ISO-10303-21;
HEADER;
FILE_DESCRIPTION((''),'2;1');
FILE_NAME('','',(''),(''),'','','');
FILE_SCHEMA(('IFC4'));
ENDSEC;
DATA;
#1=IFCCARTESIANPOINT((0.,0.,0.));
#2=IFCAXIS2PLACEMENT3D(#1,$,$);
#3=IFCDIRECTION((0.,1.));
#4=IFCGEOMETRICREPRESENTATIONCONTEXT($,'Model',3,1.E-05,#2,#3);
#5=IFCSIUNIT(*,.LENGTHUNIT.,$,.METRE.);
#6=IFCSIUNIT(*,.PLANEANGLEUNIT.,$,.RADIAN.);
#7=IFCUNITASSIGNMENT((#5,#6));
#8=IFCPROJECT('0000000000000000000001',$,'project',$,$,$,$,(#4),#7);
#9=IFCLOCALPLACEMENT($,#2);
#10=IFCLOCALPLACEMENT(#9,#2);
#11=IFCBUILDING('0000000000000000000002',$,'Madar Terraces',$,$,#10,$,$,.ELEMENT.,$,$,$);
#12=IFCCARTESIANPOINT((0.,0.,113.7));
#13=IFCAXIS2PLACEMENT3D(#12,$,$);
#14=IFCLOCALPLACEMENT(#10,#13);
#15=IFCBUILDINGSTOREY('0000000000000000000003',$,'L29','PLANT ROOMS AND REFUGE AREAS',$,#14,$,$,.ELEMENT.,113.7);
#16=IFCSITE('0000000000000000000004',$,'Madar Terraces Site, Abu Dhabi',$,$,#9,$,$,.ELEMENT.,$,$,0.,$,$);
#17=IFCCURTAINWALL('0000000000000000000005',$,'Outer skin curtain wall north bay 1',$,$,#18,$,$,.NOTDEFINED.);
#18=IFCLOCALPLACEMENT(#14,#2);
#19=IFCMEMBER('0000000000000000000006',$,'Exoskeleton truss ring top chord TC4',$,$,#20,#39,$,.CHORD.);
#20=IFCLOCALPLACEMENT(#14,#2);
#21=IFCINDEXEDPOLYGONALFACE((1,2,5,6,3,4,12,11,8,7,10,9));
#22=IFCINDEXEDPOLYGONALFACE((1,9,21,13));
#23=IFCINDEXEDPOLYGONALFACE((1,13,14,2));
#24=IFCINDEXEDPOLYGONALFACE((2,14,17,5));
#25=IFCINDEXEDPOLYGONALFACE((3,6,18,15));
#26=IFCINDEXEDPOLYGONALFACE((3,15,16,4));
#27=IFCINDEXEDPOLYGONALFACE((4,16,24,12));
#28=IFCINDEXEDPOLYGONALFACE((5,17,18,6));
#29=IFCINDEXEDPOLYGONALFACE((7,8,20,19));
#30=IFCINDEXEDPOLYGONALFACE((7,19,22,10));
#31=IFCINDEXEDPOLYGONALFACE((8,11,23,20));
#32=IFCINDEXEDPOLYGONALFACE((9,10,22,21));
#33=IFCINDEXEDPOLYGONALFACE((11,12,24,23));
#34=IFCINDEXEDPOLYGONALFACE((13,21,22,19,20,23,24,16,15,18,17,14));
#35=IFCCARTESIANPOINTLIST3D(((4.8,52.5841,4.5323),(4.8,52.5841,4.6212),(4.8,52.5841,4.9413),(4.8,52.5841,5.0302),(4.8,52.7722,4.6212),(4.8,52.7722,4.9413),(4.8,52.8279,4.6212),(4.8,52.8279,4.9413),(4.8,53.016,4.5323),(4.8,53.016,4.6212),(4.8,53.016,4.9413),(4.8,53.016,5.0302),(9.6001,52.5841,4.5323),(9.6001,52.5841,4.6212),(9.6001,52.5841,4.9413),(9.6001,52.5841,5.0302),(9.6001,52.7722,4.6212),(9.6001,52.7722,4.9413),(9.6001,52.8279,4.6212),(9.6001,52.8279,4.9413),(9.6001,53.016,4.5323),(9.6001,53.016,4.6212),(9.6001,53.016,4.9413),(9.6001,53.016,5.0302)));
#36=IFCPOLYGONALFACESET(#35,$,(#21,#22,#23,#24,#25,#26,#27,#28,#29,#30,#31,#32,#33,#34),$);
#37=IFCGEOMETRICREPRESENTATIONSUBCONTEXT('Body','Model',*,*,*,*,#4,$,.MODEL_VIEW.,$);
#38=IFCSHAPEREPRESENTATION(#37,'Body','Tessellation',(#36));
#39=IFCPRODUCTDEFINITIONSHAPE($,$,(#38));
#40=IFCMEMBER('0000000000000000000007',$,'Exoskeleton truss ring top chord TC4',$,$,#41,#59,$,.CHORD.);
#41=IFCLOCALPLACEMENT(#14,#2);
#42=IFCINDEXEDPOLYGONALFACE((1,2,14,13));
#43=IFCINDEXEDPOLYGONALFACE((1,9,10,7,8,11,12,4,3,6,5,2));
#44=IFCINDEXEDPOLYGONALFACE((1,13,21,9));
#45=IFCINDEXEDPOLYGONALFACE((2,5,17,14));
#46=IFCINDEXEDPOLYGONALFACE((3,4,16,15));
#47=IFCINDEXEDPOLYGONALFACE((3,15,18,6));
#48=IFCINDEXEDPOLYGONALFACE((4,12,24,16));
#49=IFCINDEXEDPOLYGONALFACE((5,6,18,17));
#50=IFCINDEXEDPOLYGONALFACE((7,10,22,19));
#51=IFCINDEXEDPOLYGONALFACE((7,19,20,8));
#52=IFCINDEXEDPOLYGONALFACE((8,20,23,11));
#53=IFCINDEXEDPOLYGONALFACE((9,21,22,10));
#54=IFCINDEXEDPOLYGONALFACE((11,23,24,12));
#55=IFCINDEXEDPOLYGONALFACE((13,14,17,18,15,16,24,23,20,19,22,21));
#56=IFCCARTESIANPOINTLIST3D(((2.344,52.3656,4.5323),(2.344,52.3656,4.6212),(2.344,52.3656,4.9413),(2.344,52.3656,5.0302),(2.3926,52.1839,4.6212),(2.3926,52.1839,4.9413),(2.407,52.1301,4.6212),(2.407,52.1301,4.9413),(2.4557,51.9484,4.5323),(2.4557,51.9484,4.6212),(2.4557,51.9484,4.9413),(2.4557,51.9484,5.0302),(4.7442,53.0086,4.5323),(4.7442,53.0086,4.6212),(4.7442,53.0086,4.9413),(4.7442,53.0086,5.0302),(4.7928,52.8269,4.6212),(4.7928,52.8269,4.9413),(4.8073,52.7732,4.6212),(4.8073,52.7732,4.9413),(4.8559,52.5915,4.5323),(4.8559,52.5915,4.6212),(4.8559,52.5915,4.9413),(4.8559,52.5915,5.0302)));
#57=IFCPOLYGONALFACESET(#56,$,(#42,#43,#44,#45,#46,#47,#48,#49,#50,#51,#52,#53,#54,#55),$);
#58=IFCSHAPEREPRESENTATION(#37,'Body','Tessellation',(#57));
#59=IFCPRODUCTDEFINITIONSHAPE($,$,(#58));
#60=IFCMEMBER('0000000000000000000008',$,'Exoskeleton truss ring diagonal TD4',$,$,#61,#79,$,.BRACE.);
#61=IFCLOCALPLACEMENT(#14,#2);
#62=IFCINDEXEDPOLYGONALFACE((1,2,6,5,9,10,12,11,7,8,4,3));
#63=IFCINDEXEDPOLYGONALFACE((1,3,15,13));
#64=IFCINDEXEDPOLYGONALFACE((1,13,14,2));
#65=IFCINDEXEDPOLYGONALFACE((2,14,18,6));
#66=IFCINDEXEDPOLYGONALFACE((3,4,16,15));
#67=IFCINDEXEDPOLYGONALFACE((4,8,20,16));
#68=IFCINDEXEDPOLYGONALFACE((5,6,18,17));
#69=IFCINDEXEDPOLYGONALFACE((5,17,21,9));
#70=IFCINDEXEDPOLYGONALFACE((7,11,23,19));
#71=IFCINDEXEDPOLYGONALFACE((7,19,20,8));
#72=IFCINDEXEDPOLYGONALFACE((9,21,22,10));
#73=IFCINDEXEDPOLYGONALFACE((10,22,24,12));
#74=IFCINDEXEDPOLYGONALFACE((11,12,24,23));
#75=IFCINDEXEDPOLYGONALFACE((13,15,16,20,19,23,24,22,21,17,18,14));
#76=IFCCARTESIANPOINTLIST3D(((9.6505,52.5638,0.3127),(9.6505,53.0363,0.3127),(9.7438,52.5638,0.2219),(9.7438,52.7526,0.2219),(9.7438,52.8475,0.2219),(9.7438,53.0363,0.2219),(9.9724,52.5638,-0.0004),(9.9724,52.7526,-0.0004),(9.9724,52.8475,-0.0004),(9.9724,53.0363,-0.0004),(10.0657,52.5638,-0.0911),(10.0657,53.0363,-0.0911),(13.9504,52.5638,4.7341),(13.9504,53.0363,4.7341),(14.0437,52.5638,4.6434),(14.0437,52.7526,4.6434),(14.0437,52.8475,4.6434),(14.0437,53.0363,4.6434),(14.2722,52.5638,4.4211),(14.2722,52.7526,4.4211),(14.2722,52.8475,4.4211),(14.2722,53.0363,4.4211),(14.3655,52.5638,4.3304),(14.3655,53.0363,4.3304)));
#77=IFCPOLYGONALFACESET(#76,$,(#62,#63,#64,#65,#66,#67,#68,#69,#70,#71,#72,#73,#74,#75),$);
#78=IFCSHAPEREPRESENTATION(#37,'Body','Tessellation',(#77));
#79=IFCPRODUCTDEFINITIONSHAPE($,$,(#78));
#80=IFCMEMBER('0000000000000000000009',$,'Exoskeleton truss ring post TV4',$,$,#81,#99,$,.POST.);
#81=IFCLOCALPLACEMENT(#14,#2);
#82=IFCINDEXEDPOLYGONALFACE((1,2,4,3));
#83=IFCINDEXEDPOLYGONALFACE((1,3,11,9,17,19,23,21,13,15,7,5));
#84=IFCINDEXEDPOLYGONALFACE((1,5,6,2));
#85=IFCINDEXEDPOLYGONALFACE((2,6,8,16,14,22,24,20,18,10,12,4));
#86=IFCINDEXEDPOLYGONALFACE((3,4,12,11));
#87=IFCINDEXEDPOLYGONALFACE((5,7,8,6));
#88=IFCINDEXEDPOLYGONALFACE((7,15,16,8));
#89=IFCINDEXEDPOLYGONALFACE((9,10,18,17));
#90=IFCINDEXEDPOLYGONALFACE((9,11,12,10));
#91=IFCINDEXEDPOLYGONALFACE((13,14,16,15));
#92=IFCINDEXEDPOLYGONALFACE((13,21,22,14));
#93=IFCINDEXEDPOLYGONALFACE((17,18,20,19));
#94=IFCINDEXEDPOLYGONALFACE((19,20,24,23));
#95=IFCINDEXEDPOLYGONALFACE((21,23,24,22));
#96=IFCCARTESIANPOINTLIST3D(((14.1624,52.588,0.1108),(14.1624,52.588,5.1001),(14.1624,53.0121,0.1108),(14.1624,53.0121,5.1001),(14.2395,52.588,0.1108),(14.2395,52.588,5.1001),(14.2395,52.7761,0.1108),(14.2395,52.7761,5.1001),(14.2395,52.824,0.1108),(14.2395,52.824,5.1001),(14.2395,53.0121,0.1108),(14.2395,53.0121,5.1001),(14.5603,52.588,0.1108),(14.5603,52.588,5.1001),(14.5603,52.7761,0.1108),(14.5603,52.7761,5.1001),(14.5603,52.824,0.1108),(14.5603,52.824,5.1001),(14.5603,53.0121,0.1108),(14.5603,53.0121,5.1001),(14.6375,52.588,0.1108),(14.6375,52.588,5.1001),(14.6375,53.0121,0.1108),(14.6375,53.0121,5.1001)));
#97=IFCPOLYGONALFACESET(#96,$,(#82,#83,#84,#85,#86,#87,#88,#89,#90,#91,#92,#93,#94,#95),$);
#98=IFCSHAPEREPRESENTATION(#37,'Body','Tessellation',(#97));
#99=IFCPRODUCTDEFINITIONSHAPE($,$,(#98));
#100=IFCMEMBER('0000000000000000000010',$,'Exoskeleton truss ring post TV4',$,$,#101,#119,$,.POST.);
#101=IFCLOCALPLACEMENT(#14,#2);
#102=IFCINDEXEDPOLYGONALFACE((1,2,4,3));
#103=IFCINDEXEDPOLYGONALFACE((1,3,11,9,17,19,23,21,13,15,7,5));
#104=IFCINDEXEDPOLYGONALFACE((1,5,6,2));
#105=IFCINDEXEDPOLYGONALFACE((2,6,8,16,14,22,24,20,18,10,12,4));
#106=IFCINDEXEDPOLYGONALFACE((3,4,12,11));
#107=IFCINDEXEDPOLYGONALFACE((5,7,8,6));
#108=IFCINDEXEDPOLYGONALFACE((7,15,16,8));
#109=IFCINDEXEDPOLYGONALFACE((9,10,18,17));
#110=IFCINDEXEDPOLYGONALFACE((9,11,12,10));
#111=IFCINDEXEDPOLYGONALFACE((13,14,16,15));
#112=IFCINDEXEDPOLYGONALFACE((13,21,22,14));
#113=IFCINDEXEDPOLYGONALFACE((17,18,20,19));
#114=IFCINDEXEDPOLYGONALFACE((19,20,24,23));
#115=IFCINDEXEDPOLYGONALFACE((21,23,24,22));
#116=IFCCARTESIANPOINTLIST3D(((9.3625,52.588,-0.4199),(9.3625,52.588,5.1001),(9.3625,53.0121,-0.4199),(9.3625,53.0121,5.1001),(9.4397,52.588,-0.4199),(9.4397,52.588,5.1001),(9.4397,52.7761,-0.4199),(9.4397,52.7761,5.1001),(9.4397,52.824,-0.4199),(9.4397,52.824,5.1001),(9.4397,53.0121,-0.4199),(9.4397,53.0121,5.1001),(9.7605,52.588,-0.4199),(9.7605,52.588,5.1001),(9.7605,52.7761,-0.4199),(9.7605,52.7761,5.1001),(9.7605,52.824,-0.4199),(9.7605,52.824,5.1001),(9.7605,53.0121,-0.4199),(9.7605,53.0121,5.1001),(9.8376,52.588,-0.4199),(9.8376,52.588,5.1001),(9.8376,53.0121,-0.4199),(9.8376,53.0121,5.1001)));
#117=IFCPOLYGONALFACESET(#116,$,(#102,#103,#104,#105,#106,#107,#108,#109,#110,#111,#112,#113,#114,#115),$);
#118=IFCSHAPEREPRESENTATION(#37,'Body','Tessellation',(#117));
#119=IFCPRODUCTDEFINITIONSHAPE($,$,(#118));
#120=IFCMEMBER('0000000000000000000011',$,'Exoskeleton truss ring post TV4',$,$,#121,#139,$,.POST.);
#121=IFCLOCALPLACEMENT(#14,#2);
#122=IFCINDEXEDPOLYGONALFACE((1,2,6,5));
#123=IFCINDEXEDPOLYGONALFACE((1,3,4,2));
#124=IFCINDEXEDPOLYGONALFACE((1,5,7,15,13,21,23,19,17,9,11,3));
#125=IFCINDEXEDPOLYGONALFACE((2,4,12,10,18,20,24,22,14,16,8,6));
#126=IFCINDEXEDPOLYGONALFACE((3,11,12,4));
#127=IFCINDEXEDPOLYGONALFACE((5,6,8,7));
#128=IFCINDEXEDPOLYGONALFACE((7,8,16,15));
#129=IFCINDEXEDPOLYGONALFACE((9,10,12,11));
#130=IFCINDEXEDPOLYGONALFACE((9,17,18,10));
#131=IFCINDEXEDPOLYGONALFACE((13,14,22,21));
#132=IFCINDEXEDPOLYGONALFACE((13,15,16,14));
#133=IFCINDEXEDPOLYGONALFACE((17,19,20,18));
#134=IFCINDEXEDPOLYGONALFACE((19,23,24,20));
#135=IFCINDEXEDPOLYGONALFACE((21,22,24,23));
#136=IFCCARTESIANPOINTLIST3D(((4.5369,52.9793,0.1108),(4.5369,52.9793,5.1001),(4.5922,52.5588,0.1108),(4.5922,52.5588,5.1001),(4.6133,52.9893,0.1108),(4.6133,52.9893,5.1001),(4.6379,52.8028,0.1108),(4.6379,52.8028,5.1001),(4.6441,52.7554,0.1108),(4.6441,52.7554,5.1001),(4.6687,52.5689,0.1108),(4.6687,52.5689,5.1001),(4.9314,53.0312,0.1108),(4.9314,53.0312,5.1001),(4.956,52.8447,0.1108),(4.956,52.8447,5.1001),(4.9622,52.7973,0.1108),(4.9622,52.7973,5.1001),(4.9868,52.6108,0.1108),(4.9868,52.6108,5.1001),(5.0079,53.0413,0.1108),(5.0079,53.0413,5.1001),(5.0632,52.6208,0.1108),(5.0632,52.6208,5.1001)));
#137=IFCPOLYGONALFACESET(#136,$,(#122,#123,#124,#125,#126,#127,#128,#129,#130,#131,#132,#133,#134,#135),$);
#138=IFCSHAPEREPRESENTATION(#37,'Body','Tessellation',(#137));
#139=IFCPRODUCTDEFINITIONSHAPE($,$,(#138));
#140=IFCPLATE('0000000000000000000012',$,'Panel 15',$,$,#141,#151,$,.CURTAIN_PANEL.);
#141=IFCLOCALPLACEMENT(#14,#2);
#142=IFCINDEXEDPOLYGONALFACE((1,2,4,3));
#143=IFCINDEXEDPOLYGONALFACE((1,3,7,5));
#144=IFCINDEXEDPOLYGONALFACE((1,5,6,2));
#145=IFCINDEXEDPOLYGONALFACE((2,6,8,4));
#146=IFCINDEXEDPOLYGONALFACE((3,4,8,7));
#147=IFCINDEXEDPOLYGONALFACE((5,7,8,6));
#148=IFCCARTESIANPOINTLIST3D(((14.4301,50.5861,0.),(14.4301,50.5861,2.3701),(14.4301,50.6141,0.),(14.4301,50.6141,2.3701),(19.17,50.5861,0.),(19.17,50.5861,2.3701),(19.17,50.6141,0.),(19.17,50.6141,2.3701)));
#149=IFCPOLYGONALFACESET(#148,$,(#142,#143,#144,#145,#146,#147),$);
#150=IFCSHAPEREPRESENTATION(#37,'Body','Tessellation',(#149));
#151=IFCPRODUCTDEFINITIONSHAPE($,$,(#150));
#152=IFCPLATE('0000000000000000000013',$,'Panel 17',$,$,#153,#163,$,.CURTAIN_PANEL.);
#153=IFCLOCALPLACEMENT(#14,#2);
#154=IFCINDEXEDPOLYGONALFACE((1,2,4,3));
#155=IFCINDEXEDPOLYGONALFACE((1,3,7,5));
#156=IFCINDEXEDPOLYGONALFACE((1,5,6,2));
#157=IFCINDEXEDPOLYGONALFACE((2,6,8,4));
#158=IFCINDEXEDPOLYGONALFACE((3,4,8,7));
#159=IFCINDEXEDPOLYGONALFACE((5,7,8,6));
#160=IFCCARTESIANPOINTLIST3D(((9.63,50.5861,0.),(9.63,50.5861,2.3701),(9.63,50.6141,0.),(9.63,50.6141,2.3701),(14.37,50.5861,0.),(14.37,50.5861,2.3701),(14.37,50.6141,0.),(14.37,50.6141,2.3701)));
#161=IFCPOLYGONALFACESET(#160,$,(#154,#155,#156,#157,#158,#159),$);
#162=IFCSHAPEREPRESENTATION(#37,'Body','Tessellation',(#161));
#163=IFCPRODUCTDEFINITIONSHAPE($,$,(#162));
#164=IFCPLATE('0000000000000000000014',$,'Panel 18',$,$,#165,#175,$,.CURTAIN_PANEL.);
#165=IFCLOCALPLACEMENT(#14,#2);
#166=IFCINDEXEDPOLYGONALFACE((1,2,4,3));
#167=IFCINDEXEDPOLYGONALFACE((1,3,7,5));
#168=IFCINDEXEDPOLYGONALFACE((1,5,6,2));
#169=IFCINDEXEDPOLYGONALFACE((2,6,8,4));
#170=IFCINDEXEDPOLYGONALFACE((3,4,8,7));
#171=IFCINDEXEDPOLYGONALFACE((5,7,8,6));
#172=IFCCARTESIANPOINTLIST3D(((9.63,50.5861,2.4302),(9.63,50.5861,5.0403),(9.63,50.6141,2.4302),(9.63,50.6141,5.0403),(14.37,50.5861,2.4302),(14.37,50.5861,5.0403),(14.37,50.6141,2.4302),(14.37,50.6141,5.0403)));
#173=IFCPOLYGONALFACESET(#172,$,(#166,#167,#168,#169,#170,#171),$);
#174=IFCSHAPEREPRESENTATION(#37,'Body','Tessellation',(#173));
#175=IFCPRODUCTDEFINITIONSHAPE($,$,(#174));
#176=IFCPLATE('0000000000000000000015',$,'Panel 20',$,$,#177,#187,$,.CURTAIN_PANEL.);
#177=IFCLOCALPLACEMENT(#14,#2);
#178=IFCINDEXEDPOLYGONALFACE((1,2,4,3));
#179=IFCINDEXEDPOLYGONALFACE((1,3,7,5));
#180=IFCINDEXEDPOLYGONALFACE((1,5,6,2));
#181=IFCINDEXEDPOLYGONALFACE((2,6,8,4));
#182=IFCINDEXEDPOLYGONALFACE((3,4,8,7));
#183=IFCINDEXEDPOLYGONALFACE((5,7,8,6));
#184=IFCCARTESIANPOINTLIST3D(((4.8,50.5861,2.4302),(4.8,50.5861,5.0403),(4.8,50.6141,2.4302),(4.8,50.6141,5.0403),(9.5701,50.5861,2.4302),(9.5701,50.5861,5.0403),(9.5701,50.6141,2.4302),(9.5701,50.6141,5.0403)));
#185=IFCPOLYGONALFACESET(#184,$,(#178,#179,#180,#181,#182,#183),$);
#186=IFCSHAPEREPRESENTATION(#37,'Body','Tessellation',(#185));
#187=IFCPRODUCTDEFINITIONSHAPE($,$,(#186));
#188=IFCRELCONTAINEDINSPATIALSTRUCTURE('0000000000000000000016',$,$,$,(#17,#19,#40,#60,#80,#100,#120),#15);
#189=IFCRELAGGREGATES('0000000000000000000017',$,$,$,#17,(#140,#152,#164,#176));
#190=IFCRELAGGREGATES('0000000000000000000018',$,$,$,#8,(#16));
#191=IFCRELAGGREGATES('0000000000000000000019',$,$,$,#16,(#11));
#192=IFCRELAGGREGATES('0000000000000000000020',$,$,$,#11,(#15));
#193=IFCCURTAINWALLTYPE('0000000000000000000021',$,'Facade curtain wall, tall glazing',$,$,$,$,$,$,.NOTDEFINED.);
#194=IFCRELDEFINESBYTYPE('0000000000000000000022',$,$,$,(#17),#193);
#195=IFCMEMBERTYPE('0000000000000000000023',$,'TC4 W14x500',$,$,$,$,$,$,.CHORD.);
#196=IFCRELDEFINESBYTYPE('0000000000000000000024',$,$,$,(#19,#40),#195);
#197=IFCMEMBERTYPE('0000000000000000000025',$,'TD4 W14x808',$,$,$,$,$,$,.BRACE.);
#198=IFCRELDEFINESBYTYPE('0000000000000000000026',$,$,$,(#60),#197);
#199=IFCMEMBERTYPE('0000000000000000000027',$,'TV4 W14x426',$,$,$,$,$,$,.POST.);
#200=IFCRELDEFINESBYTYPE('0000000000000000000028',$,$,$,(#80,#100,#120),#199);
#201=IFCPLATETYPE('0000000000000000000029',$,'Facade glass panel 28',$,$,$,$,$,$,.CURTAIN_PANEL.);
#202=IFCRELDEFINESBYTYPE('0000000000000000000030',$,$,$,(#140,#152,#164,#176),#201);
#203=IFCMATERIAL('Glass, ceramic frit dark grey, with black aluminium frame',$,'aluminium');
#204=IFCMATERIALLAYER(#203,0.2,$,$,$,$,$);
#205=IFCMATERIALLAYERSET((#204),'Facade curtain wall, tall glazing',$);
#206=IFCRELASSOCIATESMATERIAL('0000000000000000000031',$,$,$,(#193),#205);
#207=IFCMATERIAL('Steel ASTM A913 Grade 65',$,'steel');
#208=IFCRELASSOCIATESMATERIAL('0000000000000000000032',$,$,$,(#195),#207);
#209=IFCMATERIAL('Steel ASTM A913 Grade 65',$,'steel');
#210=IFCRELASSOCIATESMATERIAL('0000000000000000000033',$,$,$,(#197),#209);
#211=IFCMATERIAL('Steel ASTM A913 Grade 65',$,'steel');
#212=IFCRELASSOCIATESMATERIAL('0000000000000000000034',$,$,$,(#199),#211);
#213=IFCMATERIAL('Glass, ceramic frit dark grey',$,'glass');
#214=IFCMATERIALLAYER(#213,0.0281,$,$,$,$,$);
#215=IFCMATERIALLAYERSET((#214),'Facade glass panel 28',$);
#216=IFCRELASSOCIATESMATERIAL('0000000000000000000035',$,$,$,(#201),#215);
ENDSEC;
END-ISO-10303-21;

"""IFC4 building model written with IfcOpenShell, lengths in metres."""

from ifc_helpers import new_model, si_unit, direction, frame, origin, origin_2d, place, context, subcontext, project, spatial, rectangle, i_section, extrude, material, layer, layer_set, material_profile, profile_set, type_object, element, aggregate, save


model = new_model("IFC4")

# Units and contexts
model_context = context("Model", 3, precision=1e-05, world=origin(), true_north=direction((0.0, 1.0)))
body_context = subcontext(model_context, "Body", "Model", "MODEL_VIEW")
ifc_project = project(units=[si_unit("LENGTHUNIT", "METRE"), si_unit("PLANEANGLEUNIT", "RADIAN")], contexts=[model_context])

# Site, building, storey
site_placement = place(None, origin())
site = spatial("IfcSite", under=ifc_project, at=site_placement, Name="Madar Terraces Site, Abu Dhabi", CompositionType="ELEMENT", RefElevation=0.0)
building_placement = place(site_placement, origin())
building = spatial("IfcBuilding", under=site, at=building_placement, Name="Madar Terraces", CompositionType="ELEMENT")
storey_placement = place(building_placement, frame((0.0, 0.0, 113.7)))
storey = spatial("IfcBuildingStorey", under=building, at=storey_placement, Name="L29", Description="PLANT ROOMS AND REFUGE AREAS", CompositionType="ELEMENT", Elevation=113.7)

# Curtain wall
ifc_material_1 = material(Name="Glass, ceramic frit dark grey, with black aluminium frame", Category="aluminium")
ifc_layer_1 = layer(ifc_material_1, 0.2)
ifc_layer_set_1 = layer_set([ifc_layer_1], Name="Facade curtain wall, tall glazing")
curtain_wall_type = type_object("IfcCurtainWallType", Name="Facade curtain wall, tall glazing", PredefinedType="NOTDEFINED", material=ifc_layer_set_1)
curtain_wall_1_placement = place(storey_placement, origin())
curtain_wall_1 = element("IfcCurtainWall", 1, at=curtain_wall_1_placement, inside=storey, type_object=curtain_wall_type, Name="Outer skin curtain wall north bay 1", PredefinedType="NOTDEFINED")

# Members
ifc_material_2 = material(Name="Steel ASTM A913 Grade 65", Category="steel")
ifc_material_profile_1 = material_profile(ifc_material_2, i_section(OverallWidth=0.4319, OverallDepth=0.4978, WebThickness=0.0557, FlangeThickness=0.0889, at=origin_2d()), Name="W14x500")
ifc_profile_set_1 = profile_set([ifc_material_profile_1], Name="Steel ASTM A913 Grade 65")
member_type_1 = type_object("IfcMemberType", Name="TC4 W14x500", PredefinedType="CHORD", material=ifc_profile_set_1)
member_1_placement = place(storey_placement, frame((9.6001, 52.8, 4.7812), z_axis=(-1.0, 0.0, 0.0), x_axis=(0.0, -1.0, 0.0)))
element("IfcMember", 2, at=member_1_placement, inside=storey, type_object=member_type_1, Name="Exoskeleton truss ring top chord TC4", PredefinedType="CHORD", context=body_context, shape_type="SweptSolid", body=[
    extrude(i_section(OverallWidth=0.4319, OverallDepth=0.4978, WebThickness=0.0557, FlangeThickness=0.0889, at=origin_2d()), origin(), (0.0, 0.0, 1.0), 4.8),
])
member_2_placement = place(storey_placement, frame((4.8, 52.8, 4.7812), z_axis=(-0.965931, -0.2588, 0.0), x_axis=(0.2588, -0.965931, 0.0)))
element("IfcMember", 3, at=member_2_placement, inside=storey, type_object=member_type_1, Name="Exoskeleton truss ring top chord TC4", PredefinedType="CHORD", context=body_context, shape_type="SweptSolid", body=[
    extrude(i_section(OverallWidth=0.4319, OverallDepth=0.4978, WebThickness=0.0557, FlangeThickness=0.0889, at=origin_2d()), origin(), (0.0, 0.0, 1.0), 2.4849),
])
ifc_material_3 = material(Name="Steel ASTM A913 Grade 65", Category="steel")
ifc_material_profile_2 = material_profile(ifc_material_3, i_section(OverallWidth=0.4724, OverallDepth=0.5791, WebThickness=0.095, FlangeThickness=0.1301, at=origin_2d()), Name="W14x808")
ifc_profile_set_2 = profile_set([ifc_material_profile_2], Name="Steel ASTM A913 Grade 65")
member_type_2 = type_object("IfcMemberType", Name="TD4 W14x808", PredefinedType="BRACE", material=ifc_profile_set_2)
member_3_placement = place(storey_placement, frame((14.158, 52.8, 4.5322), z_axis=(-0.697181, 0.0, -0.716895), x_axis=(0.0, -1.0, 0.0)))
element("IfcMember", 4, at=member_3_placement, inside=storey, type_object=member_type_2, Name="Exoskeleton truss ring diagonal TD4", PredefinedType="BRACE", context=body_context, shape_type="SweptSolid", body=[
    extrude(i_section(OverallWidth=0.4724, OverallDepth=0.5791, WebThickness=0.095, FlangeThickness=0.1301, at=origin_2d()), origin(), (0.0, 0.0, 1.0), 6.1675),
])
ifc_material_4 = material(Name="Steel ASTM A913 Grade 65", Category="steel")
ifc_material_profile_3 = material_profile(ifc_material_4, i_section(OverallWidth=0.4241, OverallDepth=0.4751, WebThickness=0.0479, FlangeThickness=0.0771, at=origin_2d()), Name="W14x426")
ifc_profile_set_3 = profile_set([ifc_material_profile_3], Name="Steel ASTM A913 Grade 65")
member_type_3 = type_object("IfcMemberType", Name="TV4 W14x426", PredefinedType="POST", material=ifc_profile_set_3)
member_4_placement = place(storey_placement, frame((14.3999, 52.8, 0.1108), z_axis=(0.0, 0.0, 1.0), x_axis=(0.0, -1.0, 0.0)))
element("IfcMember", 5, at=member_4_placement, inside=storey, type_object=member_type_3, Name="Exoskeleton truss ring post TV4", PredefinedType="POST", context=body_context, shape_type="SweptSolid", body=[
    extrude(i_section(OverallWidth=0.4241, OverallDepth=0.4751, WebThickness=0.0479, FlangeThickness=0.0771, at=origin_2d()), origin(), (0.0, 0.0, 1.0), 4.9893),
])
member_5_placement = place(storey_placement, frame((9.6001, 52.8, -0.4199), z_axis=(0.0, 0.0, 1.0), x_axis=(0.0, -1.0, 0.0)))
element("IfcMember", 6, at=member_5_placement, inside=storey, type_object=member_type_3, Name="Exoskeleton truss ring post TV4", PredefinedType="POST", context=body_context, shape_type="SweptSolid", body=[
    extrude(i_section(OverallWidth=0.4241, OverallDepth=0.4751, WebThickness=0.0479, FlangeThickness=0.0771, at=origin_2d()), origin(), (0.0, 0.0, 1.0), 5.52),
])
member_6_placement = place(storey_placement, frame((4.8, 52.8, 0.1108), z_axis=(0.0, 0.0, 1.0), x_axis=(0.130526, -0.991445, 0.0)))
element("IfcMember", 7, at=member_6_placement, inside=storey, type_object=member_type_3, Name="Exoskeleton truss ring post TV4", PredefinedType="POST", context=body_context, shape_type="SweptSolid", body=[
    extrude(i_section(OverallWidth=0.4241, OverallDepth=0.4751, WebThickness=0.0479, FlangeThickness=0.0771, at=origin_2d()), origin(), (0.0, 0.0, 1.0), 4.9893),
])

# Plates
ifc_material_5 = material(Name="Glass, ceramic frit dark grey", Category="glass")
ifc_layer_2 = layer(ifc_material_5, 0.0281)
ifc_layer_set_2 = layer_set([ifc_layer_2], Name="Facade glass panel 28")
plate_type = type_object("IfcPlateType", Name="Facade glass panel 28", PredefinedType="CURTAIN_PANEL", material=ifc_layer_set_2)
plate_1_placement = place(storey_placement, frame((16.8, 50.6001, 0.0), z_axis=(0.0, 0.0, 1.0), x_axis=(-1.0, 0.0, 0.0)))
plate_1 = element("IfcPlate", 8, at=plate_1_placement, type_object=plate_type, Name="Panel 15", PredefinedType="CURTAIN_PANEL", context=body_context, shape_type="SweptSolid", body=[
    extrude(rectangle(XDim=4.74, YDim=0.0281, at=origin_2d()), origin(), (0.0, 0.0, 1.0), 2.3701),
])
plate_2_placement = place(storey_placement, frame((12.0, 50.6001, 0.0), z_axis=(0.0, 0.0, 1.0), x_axis=(-1.0, 0.0, 0.0)))
plate_2 = element("IfcPlate", 9, at=plate_2_placement, type_object=plate_type, Name="Panel 17", PredefinedType="CURTAIN_PANEL", context=body_context, shape_type="SweptSolid", body=[
    extrude(rectangle(XDim=4.74, YDim=0.0281, at=origin_2d()), origin(), (0.0, 0.0, 1.0), 2.3701),
])
plate_3_placement = place(storey_placement, frame((12.0, 50.6001, 2.4302), z_axis=(0.0, 0.0, 1.0), x_axis=(-1.0, 0.0, 0.0)))
plate_3 = element("IfcPlate", 10, at=plate_3_placement, type_object=plate_type, Name="Panel 18", PredefinedType="CURTAIN_PANEL", context=body_context, shape_type="SweptSolid", body=[
    extrude(rectangle(XDim=4.74, YDim=0.0281, at=origin_2d()), origin(), (0.0, 0.0, 1.0), 2.6101),
])
plate_4_placement = place(storey_placement, frame((7.1851, 50.6001, 2.4302), z_axis=(0.0, 0.0, 1.0), x_axis=(-1.0, 0.0, 0.0)))
plate_4 = element("IfcPlate", 11, at=plate_4_placement, type_object=plate_type, Name="Panel 20", PredefinedType="CURTAIN_PANEL", context=body_context, shape_type="SweptSolid", body=[
    extrude(rectangle(XDim=4.77, YDim=0.0281, at=origin_2d()), origin(), (0.0, 0.0, 1.0), 2.6101),
])
aggregate(curtain_wall_1, [plate_1, plate_2, plate_3, plate_4])

save(model, "model.ifc")
